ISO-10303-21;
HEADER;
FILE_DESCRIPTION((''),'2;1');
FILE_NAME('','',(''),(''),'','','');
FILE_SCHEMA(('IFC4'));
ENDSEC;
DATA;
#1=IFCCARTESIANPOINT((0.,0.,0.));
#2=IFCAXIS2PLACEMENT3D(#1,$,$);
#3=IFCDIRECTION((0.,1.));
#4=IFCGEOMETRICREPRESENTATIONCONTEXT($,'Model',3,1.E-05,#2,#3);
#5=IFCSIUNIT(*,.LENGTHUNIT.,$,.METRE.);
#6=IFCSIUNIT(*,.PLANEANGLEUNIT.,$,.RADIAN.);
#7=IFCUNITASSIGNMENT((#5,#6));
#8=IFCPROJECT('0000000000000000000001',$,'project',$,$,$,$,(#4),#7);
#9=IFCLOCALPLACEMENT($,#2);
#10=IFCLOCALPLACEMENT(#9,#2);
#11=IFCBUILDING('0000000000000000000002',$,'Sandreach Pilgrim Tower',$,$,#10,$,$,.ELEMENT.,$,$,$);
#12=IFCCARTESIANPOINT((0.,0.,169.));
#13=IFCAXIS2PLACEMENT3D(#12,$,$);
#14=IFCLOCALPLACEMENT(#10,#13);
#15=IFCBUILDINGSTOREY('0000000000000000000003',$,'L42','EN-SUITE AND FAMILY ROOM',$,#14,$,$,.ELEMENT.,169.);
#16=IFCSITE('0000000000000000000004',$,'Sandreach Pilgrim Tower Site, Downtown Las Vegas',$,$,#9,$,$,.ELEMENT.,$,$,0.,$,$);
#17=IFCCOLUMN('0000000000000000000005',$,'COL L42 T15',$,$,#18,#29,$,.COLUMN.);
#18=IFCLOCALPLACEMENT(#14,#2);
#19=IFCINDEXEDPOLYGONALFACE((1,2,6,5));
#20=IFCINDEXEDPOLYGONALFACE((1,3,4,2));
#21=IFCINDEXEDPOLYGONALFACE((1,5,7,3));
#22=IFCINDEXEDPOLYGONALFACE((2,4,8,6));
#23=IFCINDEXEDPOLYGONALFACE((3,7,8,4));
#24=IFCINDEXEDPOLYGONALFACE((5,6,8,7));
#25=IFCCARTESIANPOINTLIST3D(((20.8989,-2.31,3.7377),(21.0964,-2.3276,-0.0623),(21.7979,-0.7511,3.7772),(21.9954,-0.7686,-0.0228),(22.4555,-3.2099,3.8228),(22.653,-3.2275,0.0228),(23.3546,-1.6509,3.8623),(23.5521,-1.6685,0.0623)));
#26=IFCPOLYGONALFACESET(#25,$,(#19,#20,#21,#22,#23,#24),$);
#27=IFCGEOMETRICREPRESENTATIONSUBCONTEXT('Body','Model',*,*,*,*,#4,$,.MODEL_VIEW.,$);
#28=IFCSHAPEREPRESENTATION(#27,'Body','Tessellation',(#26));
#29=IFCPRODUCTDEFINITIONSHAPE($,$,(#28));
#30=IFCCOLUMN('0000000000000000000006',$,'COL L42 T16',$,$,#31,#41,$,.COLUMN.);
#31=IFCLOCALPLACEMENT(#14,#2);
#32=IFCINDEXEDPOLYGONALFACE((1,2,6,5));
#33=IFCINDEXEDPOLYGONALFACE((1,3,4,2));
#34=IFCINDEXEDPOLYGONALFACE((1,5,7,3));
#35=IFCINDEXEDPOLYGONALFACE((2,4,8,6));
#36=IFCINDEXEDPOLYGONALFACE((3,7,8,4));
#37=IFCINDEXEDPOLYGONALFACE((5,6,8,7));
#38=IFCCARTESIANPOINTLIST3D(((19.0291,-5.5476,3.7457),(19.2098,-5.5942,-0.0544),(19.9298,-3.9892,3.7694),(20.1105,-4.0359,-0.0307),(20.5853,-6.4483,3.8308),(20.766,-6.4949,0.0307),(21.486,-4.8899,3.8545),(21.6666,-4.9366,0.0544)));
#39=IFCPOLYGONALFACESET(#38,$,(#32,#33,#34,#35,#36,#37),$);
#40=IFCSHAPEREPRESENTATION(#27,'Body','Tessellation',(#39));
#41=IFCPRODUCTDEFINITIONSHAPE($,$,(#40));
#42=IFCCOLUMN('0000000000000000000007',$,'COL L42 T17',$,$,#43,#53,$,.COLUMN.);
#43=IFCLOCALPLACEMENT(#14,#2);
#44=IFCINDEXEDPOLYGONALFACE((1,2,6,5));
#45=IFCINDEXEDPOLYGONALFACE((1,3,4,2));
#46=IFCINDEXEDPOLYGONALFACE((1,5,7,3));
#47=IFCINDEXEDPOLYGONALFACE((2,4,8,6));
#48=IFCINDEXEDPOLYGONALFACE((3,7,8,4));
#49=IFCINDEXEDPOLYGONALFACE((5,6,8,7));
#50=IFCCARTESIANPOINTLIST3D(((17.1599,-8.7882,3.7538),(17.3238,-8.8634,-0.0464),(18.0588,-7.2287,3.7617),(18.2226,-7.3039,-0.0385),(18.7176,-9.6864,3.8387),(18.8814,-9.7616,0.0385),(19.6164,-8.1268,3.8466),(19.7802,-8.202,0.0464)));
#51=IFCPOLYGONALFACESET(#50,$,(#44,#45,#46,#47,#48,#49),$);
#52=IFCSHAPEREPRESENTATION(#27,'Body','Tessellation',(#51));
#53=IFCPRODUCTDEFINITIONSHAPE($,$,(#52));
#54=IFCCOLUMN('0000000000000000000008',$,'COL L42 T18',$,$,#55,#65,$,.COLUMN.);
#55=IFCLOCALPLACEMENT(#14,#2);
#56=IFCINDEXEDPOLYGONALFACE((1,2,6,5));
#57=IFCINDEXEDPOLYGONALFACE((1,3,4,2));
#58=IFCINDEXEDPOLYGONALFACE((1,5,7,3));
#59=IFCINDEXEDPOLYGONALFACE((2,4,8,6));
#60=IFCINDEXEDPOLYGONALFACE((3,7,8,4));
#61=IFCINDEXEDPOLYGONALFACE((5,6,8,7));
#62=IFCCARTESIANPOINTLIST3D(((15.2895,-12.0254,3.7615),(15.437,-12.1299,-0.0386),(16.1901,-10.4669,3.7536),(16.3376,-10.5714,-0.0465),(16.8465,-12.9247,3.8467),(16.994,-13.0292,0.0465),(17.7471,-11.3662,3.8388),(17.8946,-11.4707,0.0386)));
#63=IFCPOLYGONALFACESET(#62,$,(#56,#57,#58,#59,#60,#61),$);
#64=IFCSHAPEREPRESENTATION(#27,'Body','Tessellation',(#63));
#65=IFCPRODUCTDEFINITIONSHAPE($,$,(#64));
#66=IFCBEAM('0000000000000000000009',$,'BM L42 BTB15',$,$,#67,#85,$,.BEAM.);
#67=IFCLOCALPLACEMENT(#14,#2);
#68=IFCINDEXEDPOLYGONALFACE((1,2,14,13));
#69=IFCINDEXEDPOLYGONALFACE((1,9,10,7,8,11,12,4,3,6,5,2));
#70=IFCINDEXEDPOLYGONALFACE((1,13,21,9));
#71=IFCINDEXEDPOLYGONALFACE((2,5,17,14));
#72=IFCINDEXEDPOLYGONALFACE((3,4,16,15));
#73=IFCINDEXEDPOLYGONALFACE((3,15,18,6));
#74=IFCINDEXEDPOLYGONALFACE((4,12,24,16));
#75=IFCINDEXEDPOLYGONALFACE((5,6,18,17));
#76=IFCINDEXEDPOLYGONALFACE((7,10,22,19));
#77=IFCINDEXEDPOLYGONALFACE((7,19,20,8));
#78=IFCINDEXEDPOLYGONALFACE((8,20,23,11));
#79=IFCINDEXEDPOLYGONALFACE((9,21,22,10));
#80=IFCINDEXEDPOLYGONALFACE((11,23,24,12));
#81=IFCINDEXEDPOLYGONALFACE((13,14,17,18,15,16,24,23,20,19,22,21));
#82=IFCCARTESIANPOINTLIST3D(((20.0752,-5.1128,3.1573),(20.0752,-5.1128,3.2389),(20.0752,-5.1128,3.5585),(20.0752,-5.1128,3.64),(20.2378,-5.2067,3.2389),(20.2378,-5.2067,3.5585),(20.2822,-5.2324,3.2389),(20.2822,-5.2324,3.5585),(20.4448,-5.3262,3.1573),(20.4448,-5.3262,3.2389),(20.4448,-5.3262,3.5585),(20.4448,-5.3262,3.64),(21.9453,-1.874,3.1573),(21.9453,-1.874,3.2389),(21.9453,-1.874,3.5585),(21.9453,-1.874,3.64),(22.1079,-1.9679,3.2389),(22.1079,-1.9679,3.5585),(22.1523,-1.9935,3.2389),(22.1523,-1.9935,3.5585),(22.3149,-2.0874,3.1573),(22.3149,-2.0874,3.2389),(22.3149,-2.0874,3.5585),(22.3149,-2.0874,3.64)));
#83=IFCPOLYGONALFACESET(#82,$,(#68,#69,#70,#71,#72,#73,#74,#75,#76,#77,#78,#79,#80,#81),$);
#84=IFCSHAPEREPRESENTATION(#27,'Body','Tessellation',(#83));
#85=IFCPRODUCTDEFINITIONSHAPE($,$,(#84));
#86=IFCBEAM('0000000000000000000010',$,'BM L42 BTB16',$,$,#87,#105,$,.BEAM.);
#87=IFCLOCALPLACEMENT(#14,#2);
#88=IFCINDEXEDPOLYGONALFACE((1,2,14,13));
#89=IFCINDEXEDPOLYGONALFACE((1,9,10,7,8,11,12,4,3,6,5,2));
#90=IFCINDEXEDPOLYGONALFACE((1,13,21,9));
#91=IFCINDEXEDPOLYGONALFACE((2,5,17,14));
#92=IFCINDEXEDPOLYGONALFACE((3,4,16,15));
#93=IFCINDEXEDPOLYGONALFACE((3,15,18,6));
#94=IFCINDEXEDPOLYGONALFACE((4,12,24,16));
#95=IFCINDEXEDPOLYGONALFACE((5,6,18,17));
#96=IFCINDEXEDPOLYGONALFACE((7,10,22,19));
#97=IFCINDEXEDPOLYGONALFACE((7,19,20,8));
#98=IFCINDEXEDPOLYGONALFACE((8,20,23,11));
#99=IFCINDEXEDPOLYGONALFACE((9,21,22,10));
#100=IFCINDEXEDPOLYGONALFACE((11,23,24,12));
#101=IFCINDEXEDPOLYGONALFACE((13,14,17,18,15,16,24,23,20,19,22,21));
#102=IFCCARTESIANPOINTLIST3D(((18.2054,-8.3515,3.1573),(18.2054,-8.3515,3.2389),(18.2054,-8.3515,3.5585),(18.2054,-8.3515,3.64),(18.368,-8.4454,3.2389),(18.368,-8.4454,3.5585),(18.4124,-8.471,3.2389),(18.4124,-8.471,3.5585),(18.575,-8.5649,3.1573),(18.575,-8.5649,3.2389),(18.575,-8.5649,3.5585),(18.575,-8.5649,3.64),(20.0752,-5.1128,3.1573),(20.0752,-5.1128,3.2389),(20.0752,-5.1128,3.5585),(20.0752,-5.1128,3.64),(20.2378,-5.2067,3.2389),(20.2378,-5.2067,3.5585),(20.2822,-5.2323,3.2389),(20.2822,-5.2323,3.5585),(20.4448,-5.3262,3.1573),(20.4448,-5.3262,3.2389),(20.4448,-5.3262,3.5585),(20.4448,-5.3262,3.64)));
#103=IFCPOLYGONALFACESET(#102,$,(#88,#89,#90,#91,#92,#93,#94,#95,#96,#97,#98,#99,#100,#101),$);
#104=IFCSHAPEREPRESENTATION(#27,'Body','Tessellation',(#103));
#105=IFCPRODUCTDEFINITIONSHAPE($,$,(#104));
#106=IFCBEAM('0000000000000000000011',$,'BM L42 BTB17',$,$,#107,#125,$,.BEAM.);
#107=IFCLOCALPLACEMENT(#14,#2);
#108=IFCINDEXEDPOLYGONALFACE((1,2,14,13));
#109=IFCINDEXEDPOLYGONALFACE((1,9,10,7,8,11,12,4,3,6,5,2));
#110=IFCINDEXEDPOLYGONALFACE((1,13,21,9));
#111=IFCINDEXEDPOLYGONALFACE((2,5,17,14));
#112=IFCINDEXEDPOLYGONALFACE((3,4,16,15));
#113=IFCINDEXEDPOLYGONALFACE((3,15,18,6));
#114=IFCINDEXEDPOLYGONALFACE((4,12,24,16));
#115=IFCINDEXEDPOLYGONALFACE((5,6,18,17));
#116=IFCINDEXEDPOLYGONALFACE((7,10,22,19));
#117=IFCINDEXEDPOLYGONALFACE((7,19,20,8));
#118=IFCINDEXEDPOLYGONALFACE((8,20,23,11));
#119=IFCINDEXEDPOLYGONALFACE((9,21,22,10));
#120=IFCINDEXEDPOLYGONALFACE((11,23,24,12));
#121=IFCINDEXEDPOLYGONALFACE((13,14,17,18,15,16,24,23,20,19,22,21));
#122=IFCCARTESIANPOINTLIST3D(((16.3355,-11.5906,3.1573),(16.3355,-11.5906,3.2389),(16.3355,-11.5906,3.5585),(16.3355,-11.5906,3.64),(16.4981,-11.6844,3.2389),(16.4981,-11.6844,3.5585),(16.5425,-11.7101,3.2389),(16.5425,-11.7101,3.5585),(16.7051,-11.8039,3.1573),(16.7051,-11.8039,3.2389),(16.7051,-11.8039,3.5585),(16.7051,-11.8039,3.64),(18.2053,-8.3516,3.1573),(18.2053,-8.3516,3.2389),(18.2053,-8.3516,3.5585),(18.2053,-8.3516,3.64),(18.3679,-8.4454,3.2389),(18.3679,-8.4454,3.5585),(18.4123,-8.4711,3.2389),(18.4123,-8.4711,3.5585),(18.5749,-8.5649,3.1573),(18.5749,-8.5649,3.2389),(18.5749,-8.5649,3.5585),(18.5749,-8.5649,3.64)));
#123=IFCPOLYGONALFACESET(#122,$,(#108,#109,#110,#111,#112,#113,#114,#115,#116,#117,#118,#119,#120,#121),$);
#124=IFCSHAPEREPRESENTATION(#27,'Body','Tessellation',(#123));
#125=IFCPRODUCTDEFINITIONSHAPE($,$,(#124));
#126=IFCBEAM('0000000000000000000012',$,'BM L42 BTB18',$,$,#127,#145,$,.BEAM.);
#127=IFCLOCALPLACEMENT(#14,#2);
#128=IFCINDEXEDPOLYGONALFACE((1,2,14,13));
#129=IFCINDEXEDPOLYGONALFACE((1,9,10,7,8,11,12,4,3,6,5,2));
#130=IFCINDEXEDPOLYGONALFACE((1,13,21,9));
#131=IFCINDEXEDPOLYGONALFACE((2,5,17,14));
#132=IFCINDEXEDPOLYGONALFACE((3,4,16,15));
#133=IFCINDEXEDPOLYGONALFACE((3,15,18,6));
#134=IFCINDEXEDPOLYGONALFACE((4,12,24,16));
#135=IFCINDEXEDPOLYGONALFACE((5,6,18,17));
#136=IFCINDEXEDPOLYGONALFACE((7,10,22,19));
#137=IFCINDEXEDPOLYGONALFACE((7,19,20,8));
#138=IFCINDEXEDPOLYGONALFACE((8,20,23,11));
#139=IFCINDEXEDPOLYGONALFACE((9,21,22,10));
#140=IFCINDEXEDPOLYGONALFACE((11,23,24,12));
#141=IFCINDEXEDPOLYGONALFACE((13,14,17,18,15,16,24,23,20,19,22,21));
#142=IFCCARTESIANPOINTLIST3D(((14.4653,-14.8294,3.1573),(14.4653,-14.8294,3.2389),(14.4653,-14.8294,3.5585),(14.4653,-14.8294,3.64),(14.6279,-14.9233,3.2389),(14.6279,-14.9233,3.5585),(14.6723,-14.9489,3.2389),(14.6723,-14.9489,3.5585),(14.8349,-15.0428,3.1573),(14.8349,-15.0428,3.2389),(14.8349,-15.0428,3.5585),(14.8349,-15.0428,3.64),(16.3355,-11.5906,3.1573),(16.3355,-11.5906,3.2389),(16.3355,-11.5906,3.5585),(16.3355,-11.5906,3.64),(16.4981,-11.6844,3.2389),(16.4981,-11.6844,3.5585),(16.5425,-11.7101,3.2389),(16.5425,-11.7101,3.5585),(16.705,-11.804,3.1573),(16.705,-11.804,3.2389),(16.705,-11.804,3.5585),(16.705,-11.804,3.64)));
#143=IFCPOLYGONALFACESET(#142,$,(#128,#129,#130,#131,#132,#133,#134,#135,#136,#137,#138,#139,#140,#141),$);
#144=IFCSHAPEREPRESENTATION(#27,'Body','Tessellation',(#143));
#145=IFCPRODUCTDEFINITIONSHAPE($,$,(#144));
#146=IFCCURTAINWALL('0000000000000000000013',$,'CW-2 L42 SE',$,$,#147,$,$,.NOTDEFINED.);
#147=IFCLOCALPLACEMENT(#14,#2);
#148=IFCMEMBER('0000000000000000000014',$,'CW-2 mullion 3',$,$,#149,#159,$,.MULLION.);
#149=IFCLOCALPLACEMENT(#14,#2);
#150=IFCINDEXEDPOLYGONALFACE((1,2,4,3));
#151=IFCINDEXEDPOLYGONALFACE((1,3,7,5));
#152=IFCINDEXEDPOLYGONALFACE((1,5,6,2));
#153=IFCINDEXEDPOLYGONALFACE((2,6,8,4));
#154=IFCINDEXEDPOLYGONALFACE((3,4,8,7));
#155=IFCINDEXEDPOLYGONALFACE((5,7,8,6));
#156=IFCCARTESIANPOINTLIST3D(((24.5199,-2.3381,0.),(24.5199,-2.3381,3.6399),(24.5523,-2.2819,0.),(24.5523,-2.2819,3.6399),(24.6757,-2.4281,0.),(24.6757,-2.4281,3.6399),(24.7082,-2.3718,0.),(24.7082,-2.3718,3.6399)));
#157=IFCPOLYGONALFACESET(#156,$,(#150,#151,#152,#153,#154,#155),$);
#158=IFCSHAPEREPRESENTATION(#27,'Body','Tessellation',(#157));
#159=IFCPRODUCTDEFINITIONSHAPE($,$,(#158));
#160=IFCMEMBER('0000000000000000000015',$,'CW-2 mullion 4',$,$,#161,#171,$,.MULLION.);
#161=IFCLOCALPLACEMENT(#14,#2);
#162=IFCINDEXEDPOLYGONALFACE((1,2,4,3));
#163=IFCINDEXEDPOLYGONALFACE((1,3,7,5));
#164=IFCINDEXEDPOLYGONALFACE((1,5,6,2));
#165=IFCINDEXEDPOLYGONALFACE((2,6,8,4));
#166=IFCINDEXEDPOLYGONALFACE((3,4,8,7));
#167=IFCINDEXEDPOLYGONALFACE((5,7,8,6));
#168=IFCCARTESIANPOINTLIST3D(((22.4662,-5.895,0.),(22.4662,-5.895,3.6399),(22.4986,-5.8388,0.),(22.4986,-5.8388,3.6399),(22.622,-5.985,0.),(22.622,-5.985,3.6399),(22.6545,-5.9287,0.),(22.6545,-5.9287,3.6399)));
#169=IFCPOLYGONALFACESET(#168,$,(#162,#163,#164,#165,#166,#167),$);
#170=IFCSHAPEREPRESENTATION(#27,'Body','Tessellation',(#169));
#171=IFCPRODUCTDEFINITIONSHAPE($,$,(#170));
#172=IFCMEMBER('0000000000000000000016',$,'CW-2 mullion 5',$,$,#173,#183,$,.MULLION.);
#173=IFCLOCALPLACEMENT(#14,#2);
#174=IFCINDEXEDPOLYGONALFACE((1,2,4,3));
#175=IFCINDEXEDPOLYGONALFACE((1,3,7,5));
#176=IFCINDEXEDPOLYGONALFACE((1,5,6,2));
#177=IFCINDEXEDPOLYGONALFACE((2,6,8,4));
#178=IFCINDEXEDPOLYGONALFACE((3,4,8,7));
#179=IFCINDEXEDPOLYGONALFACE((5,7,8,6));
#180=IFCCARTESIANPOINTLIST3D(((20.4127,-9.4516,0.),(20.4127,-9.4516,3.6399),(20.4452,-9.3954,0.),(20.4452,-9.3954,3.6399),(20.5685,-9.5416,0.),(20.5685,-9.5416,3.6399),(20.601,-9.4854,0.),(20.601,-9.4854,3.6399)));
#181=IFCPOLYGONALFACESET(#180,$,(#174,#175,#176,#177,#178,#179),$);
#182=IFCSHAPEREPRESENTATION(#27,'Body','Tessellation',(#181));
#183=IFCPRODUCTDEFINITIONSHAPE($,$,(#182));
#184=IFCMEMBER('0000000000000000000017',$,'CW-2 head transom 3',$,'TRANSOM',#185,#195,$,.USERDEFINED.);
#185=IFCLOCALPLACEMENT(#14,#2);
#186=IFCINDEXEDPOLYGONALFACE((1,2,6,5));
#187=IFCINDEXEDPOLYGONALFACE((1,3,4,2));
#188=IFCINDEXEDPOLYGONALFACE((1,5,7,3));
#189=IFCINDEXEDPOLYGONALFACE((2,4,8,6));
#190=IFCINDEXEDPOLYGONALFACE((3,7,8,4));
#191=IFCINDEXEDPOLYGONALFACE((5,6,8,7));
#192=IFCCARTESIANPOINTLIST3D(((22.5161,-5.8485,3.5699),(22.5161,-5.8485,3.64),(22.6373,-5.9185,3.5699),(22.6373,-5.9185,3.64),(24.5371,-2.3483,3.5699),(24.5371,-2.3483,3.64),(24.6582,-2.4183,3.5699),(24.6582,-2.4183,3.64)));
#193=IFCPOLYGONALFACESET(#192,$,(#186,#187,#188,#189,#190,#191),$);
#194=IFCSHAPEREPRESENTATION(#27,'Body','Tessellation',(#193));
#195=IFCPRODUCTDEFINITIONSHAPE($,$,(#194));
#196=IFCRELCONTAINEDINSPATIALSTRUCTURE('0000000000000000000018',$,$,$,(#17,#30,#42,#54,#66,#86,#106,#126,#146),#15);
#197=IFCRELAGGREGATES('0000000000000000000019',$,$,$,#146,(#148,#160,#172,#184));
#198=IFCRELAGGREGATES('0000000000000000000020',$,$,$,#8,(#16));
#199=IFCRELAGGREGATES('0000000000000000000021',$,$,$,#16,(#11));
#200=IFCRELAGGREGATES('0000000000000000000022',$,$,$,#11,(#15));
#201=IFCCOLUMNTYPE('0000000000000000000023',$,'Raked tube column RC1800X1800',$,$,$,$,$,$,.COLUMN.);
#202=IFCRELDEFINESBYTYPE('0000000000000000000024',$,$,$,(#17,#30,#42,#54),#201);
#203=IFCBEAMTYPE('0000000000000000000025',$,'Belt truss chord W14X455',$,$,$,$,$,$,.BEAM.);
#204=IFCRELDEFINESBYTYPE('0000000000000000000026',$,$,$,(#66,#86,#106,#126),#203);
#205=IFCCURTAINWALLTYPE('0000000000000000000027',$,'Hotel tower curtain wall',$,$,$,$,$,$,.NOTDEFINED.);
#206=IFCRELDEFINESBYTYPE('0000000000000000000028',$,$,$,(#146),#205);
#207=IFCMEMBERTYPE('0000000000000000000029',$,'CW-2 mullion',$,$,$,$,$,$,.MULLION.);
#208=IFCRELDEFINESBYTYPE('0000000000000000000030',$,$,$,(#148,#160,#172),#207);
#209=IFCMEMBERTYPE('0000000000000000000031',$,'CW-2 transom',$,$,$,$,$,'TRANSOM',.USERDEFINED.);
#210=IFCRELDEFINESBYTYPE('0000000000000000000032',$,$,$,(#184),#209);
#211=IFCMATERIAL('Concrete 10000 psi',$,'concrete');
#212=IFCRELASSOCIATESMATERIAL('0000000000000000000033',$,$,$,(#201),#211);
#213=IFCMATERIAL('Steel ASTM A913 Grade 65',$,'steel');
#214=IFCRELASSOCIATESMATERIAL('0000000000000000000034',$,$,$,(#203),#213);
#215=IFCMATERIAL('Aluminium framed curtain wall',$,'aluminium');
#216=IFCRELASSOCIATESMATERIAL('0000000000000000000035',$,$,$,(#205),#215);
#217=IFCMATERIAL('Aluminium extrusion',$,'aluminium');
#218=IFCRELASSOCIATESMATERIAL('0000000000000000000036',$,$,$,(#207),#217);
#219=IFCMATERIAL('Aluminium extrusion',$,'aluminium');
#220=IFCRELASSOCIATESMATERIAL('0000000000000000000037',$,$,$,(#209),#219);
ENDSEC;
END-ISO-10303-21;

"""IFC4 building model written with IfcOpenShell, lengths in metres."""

from ifc_helpers import new_model, si_unit, direction, frame, origin, origin_2d, place, context, subcontext, project, spatial, rectangle, i_section, extrude, material, material_profile, profile_set, type_object, element, aggregate, save


model = new_model("IFC4")

# Units and contexts
model_context = context("Model", 3, precision=1e-05, world=origin(), true_north=direction((0.0, 1.0)))
body_context = subcontext(model_context, "Body", "Model", "MODEL_VIEW")
ifc_project = project(units=[si_unit("LENGTHUNIT", "METRE"), si_unit("PLANEANGLEUNIT", "RADIAN")], contexts=[model_context])

# Site, building, storey
site_placement = place(None, origin())
site = spatial("IfcSite", under=ifc_project, at=site_placement, Name="Sandreach Pilgrim Tower Site, Downtown Las Vegas", CompositionType="ELEMENT", RefElevation=0.0)
building_placement = place(site_placement, origin())
building = spatial("IfcBuilding", under=site, at=building_placement, Name="Sandreach Pilgrim Tower", CompositionType="ELEMENT")
storey_placement = place(building_placement, frame((0.0, 0.0, 169.0)))
storey = spatial("IfcBuildingStorey", under=building, at=storey_placement, Name="L42", Description="EN-SUITE AND FAMILY ROOM", CompositionType="ELEMENT", Elevation=169.0)

# Columns
ifc_material_1 = material(Name="Concrete 10000 psi", Category="concrete")
ifc_material_profile_1 = material_profile(ifc_material_1, rectangle(XDim=1.8, YDim=1.8, at=origin_2d()), Name="RC1800X1800")
ifc_profile_set_1 = profile_set([ifc_material_profile_1], Name="Concrete 10000 psi")
column_type = type_object("IfcColumnType", Name="Raked tube column RC1800X1800", PredefinedType="COLUMN", material=ifc_profile_set_1)
column_1_placement = place(storey_placement, frame((22.3242, -1.998, 0.0), z_axis=(-0.051905, 0.004619, 0.998641), x_axis=(0.864788, -0.499907, 0.04726)))
element("IfcColumn", 1, at=column_1_placement, inside=storey, type_object=column_type, Name="COL L42 T15", PredefinedType="COLUMN", context=body_context, shape_type="SweptSolid", body=[
    extrude(rectangle(XDim=1.8, YDim=1.8, at=origin_2d()), origin(), (0.0, 0.0, 1.0), 3.8052),
])
column_2_placement = place(storey_placement, frame((20.4382, -5.2654, 0.0), z_axis=(-0.047485, 0.012256, 0.998797), x_axis=(0.864521, -0.500372, 0.047242)))
element("IfcColumn", 2, at=column_2_placement, inside=storey, type_object=column_type, Name="COL L42 T16", PredefinedType="COLUMN", context=body_context, shape_type="SweptSolid", body=[
    extrude(rectangle(XDim=1.8, YDim=1.8, at=origin_2d()), origin(), (0.0, 0.0, 1.0), 3.8047),
])
for number, where, z_axis, x_axis, name in (
    (3, (18.552, -8.5327, 0.0), (-0.043061, 0.019766, 0.998877), (0.865338, -0.498964, 0.047178), "COL L42 T17"),
    (4, (16.6658, -11.8003, 0.0), (-0.038761, 0.027467, 0.998871), (0.864974, -0.499582, 0.047303), "COL L42 T18"),
):
    element("IfcColumn", number, at=place(storey_placement, frame(where, z_axis=z_axis, x_axis=x_axis)), inside=storey, type_object=column_type, Name=name, PredefinedType="COLUMN", context=body_context, shape_type="SweptSolid", body=[
        extrude(rectangle(XDim=1.8, YDim=1.8, at=origin_2d()), origin(), (0.0, 0.0, 1.0), 3.8044),
    ])

# Beams
ifc_material_2 = material(Name="Steel ASTM A913 Grade 65", Category="steel")
ifc_material_profile_2 = material_profile(ifc_material_2, i_section(OverallWidth=0.4268, OverallDepth=0.4827, WebThickness=0.0513, FlangeThickness=0.0815, at=origin_2d()), Name="W14X455")
ifc_profile_set_2 = profile_set([ifc_material_profile_2], Name="Steel ASTM A913 Grade 65")
beam_type_1 = type_object("IfcBeamType", Name="Belt truss chord W14X455", PredefinedType="BEAM", material=ifc_profile_set_2)
beam_1_placement = place(storey_placement, frame((22.1301, -1.9807, 3.3987), z_axis=(-0.500043, -0.866001, 0.0), x_axis=(0.866001, -0.500043, 0.0)))
element("IfcBeam", 5, at=beam_1_placement, inside=storey, type_object=beam_type_1, Name="BM L42 BTB15", PredefinedType="BEAM", context=body_context, shape_type="SweptSolid", body=[
    extrude(i_section(OverallWidth=0.4268, OverallDepth=0.4827, WebThickness=0.0513, FlangeThickness=0.0815, at=origin_2d()), origin(), (0.0, 0.0, 1.0), 3.74),
])
beam_2_placement = place(storey_placement, frame((20.26, -5.2195, 3.3987), z_axis=(-0.499994, -0.866029, 0.0), x_axis=(0.866029, -0.499994, 0.0)))
element("IfcBeam", 6, at=beam_2_placement, inside=storey, type_object=beam_type_1, Name="BM L42 BTB16", PredefinedType="BEAM", context=body_context, shape_type="SweptSolid", body=[
    extrude(i_section(OverallWidth=0.4268, OverallDepth=0.4827, WebThickness=0.0513, FlangeThickness=0.0815, at=origin_2d()), origin(), (0.0, 0.0, 1.0), 3.7397),
])
for number, where, z_axis, x_axis, name in (
    (7, (18.3901, -8.4583, 3.3987), (-0.499965, -0.866045, 0.0), (0.866045, -0.499965, 0.0), "BM L42 BTB17"),
    (8, (16.5203, -11.6973, 3.3987), (-0.500043, -0.866001, 0.0), (0.866001, -0.500043, 0.0), "BM L42 BTB18"),
):
    element("IfcBeam", number, at=place(storey_placement, frame(where, z_axis=z_axis, x_axis=x_axis)), inside=storey, type_object=beam_type_1, Name=name, PredefinedType="BEAM", context=body_context, shape_type="SweptSolid", body=[
        extrude(i_section(OverallWidth=0.4268, OverallDepth=0.4827, WebThickness=0.0513, FlangeThickness=0.0815, at=origin_2d()), origin(), (0.0, 0.0, 1.0), 3.74),
    ])

# Curtain wall, members
ifc_material_3 = material(Name="Aluminium framed curtain wall", Category="aluminium")
curtain_wall_type = type_object("IfcCurtainWallType", Name="Hotel tower curtain wall", PredefinedType="NOTDEFINED", material=ifc_material_3)
curtain_wall_placement = place(storey_placement, origin())
curtain_wall = element("IfcCurtainWall", 9, at=curtain_wall_placement, inside=storey, type_object=curtain_wall_type, Name="CW-2 L42 SE", PredefinedType="NOTDEFINED")
ifc_material_4 = material(Name="Aluminium extrusion", Category="aluminium")
ifc_material_profile_3 = material_profile(ifc_material_4, rectangle(XDim=0.0649, YDim=0.1799, at=origin_2d()), Name="CW-2M 65X180")
ifc_profile_set_3 = profile_set([ifc_material_profile_3], Name="Aluminium extrusion")
member_type_1 = type_object("IfcMemberType", Name="CW-2 mullion", PredefinedType="MULLION", material=ifc_profile_set_3)
member_1_placement = place(storey_placement, frame((24.614, -2.355, 0.0), z_axis=(0.0, 0.0, 1.0), x_axis=(-0.5, -0.866025, 0.0)))
member_1 = element("IfcMember", 10, at=member_1_placement, type_object=member_type_1, Name="CW-2 mullion 3", PredefinedType="MULLION", context=body_context, shape_type="SweptSolid", body=[
    extrude(rectangle(XDim=0.0649, YDim=0.1799, at=origin_2d()), origin(), (0.0, 0.0, 1.0), 3.6399),
])
member_2_placement = place(storey_placement, frame((22.5603, -5.9119, 0.0), z_axis=(0.0, 0.0, 1.0), x_axis=(-0.5, -0.866025, 0.0)))
member_2 = element("IfcMember", 11, at=member_2_placement, type_object=member_type_1, Name="CW-2 mullion 4", PredefinedType="MULLION", context=body_context, shape_type="SweptSolid", body=[
    extrude(rectangle(XDim=0.0649, YDim=0.1799, at=origin_2d()), origin(), (0.0, 0.0, 1.0), 3.6399),
])
member_3_placement = place(storey_placement, frame((20.5068, -9.4685, 0.0), z_axis=(0.0, 0.0, 1.0), x_axis=(-0.5, -0.866025, 0.0)))
member_3 = element("IfcMember", 12, at=member_3_placement, type_object=member_type_1, Name="CW-2 mullion 5", PredefinedType="MULLION", context=body_context, shape_type="SweptSolid", body=[
    extrude(rectangle(XDim=0.0649, YDim=0.1799, at=origin_2d()), origin(), (0.0, 0.0, 1.0), 3.6399),
])
ifc_material_5 = material(Name="Aluminium extrusion", Category="aluminium")
ifc_material_profile_4 = material_profile(ifc_material_5, rectangle(XDim=0.1399, YDim=0.0701, at=origin_2d()), Name="CW-2T 140X70")
ifc_profile_set_4 = profile_set([ifc_material_profile_4], Name="Aluminium extrusion")
member_type_2 = type_object("IfcMemberType", Name="CW-2 transom", ElementType="TRANSOM", PredefinedType="USERDEFINED", material=ifc_profile_set_4)
member_4_placement = place(storey_placement, frame((24.5977, -2.3833, 3.605), z_axis=(-0.500024, -0.866012, 0.0), x_axis=(0.866012, -0.500024, 0.0)))
member_4 = element("IfcMember", 13, at=member_4_placement, type_object=member_type_2, Name="CW-2 head transom 3", ObjectType="TRANSOM", PredefinedType="USERDEFINED", context=body_context, shape_type="SweptSolid", body=[
    extrude(rectangle(XDim=0.1399, YDim=0.0701, at=origin_2d()), origin(), (0.0, 0.0, 1.0), 4.0417),
])

aggregate(curtain_wall, [member_1, member_2, member_3, member_4])

save(model, "model.ifc")
